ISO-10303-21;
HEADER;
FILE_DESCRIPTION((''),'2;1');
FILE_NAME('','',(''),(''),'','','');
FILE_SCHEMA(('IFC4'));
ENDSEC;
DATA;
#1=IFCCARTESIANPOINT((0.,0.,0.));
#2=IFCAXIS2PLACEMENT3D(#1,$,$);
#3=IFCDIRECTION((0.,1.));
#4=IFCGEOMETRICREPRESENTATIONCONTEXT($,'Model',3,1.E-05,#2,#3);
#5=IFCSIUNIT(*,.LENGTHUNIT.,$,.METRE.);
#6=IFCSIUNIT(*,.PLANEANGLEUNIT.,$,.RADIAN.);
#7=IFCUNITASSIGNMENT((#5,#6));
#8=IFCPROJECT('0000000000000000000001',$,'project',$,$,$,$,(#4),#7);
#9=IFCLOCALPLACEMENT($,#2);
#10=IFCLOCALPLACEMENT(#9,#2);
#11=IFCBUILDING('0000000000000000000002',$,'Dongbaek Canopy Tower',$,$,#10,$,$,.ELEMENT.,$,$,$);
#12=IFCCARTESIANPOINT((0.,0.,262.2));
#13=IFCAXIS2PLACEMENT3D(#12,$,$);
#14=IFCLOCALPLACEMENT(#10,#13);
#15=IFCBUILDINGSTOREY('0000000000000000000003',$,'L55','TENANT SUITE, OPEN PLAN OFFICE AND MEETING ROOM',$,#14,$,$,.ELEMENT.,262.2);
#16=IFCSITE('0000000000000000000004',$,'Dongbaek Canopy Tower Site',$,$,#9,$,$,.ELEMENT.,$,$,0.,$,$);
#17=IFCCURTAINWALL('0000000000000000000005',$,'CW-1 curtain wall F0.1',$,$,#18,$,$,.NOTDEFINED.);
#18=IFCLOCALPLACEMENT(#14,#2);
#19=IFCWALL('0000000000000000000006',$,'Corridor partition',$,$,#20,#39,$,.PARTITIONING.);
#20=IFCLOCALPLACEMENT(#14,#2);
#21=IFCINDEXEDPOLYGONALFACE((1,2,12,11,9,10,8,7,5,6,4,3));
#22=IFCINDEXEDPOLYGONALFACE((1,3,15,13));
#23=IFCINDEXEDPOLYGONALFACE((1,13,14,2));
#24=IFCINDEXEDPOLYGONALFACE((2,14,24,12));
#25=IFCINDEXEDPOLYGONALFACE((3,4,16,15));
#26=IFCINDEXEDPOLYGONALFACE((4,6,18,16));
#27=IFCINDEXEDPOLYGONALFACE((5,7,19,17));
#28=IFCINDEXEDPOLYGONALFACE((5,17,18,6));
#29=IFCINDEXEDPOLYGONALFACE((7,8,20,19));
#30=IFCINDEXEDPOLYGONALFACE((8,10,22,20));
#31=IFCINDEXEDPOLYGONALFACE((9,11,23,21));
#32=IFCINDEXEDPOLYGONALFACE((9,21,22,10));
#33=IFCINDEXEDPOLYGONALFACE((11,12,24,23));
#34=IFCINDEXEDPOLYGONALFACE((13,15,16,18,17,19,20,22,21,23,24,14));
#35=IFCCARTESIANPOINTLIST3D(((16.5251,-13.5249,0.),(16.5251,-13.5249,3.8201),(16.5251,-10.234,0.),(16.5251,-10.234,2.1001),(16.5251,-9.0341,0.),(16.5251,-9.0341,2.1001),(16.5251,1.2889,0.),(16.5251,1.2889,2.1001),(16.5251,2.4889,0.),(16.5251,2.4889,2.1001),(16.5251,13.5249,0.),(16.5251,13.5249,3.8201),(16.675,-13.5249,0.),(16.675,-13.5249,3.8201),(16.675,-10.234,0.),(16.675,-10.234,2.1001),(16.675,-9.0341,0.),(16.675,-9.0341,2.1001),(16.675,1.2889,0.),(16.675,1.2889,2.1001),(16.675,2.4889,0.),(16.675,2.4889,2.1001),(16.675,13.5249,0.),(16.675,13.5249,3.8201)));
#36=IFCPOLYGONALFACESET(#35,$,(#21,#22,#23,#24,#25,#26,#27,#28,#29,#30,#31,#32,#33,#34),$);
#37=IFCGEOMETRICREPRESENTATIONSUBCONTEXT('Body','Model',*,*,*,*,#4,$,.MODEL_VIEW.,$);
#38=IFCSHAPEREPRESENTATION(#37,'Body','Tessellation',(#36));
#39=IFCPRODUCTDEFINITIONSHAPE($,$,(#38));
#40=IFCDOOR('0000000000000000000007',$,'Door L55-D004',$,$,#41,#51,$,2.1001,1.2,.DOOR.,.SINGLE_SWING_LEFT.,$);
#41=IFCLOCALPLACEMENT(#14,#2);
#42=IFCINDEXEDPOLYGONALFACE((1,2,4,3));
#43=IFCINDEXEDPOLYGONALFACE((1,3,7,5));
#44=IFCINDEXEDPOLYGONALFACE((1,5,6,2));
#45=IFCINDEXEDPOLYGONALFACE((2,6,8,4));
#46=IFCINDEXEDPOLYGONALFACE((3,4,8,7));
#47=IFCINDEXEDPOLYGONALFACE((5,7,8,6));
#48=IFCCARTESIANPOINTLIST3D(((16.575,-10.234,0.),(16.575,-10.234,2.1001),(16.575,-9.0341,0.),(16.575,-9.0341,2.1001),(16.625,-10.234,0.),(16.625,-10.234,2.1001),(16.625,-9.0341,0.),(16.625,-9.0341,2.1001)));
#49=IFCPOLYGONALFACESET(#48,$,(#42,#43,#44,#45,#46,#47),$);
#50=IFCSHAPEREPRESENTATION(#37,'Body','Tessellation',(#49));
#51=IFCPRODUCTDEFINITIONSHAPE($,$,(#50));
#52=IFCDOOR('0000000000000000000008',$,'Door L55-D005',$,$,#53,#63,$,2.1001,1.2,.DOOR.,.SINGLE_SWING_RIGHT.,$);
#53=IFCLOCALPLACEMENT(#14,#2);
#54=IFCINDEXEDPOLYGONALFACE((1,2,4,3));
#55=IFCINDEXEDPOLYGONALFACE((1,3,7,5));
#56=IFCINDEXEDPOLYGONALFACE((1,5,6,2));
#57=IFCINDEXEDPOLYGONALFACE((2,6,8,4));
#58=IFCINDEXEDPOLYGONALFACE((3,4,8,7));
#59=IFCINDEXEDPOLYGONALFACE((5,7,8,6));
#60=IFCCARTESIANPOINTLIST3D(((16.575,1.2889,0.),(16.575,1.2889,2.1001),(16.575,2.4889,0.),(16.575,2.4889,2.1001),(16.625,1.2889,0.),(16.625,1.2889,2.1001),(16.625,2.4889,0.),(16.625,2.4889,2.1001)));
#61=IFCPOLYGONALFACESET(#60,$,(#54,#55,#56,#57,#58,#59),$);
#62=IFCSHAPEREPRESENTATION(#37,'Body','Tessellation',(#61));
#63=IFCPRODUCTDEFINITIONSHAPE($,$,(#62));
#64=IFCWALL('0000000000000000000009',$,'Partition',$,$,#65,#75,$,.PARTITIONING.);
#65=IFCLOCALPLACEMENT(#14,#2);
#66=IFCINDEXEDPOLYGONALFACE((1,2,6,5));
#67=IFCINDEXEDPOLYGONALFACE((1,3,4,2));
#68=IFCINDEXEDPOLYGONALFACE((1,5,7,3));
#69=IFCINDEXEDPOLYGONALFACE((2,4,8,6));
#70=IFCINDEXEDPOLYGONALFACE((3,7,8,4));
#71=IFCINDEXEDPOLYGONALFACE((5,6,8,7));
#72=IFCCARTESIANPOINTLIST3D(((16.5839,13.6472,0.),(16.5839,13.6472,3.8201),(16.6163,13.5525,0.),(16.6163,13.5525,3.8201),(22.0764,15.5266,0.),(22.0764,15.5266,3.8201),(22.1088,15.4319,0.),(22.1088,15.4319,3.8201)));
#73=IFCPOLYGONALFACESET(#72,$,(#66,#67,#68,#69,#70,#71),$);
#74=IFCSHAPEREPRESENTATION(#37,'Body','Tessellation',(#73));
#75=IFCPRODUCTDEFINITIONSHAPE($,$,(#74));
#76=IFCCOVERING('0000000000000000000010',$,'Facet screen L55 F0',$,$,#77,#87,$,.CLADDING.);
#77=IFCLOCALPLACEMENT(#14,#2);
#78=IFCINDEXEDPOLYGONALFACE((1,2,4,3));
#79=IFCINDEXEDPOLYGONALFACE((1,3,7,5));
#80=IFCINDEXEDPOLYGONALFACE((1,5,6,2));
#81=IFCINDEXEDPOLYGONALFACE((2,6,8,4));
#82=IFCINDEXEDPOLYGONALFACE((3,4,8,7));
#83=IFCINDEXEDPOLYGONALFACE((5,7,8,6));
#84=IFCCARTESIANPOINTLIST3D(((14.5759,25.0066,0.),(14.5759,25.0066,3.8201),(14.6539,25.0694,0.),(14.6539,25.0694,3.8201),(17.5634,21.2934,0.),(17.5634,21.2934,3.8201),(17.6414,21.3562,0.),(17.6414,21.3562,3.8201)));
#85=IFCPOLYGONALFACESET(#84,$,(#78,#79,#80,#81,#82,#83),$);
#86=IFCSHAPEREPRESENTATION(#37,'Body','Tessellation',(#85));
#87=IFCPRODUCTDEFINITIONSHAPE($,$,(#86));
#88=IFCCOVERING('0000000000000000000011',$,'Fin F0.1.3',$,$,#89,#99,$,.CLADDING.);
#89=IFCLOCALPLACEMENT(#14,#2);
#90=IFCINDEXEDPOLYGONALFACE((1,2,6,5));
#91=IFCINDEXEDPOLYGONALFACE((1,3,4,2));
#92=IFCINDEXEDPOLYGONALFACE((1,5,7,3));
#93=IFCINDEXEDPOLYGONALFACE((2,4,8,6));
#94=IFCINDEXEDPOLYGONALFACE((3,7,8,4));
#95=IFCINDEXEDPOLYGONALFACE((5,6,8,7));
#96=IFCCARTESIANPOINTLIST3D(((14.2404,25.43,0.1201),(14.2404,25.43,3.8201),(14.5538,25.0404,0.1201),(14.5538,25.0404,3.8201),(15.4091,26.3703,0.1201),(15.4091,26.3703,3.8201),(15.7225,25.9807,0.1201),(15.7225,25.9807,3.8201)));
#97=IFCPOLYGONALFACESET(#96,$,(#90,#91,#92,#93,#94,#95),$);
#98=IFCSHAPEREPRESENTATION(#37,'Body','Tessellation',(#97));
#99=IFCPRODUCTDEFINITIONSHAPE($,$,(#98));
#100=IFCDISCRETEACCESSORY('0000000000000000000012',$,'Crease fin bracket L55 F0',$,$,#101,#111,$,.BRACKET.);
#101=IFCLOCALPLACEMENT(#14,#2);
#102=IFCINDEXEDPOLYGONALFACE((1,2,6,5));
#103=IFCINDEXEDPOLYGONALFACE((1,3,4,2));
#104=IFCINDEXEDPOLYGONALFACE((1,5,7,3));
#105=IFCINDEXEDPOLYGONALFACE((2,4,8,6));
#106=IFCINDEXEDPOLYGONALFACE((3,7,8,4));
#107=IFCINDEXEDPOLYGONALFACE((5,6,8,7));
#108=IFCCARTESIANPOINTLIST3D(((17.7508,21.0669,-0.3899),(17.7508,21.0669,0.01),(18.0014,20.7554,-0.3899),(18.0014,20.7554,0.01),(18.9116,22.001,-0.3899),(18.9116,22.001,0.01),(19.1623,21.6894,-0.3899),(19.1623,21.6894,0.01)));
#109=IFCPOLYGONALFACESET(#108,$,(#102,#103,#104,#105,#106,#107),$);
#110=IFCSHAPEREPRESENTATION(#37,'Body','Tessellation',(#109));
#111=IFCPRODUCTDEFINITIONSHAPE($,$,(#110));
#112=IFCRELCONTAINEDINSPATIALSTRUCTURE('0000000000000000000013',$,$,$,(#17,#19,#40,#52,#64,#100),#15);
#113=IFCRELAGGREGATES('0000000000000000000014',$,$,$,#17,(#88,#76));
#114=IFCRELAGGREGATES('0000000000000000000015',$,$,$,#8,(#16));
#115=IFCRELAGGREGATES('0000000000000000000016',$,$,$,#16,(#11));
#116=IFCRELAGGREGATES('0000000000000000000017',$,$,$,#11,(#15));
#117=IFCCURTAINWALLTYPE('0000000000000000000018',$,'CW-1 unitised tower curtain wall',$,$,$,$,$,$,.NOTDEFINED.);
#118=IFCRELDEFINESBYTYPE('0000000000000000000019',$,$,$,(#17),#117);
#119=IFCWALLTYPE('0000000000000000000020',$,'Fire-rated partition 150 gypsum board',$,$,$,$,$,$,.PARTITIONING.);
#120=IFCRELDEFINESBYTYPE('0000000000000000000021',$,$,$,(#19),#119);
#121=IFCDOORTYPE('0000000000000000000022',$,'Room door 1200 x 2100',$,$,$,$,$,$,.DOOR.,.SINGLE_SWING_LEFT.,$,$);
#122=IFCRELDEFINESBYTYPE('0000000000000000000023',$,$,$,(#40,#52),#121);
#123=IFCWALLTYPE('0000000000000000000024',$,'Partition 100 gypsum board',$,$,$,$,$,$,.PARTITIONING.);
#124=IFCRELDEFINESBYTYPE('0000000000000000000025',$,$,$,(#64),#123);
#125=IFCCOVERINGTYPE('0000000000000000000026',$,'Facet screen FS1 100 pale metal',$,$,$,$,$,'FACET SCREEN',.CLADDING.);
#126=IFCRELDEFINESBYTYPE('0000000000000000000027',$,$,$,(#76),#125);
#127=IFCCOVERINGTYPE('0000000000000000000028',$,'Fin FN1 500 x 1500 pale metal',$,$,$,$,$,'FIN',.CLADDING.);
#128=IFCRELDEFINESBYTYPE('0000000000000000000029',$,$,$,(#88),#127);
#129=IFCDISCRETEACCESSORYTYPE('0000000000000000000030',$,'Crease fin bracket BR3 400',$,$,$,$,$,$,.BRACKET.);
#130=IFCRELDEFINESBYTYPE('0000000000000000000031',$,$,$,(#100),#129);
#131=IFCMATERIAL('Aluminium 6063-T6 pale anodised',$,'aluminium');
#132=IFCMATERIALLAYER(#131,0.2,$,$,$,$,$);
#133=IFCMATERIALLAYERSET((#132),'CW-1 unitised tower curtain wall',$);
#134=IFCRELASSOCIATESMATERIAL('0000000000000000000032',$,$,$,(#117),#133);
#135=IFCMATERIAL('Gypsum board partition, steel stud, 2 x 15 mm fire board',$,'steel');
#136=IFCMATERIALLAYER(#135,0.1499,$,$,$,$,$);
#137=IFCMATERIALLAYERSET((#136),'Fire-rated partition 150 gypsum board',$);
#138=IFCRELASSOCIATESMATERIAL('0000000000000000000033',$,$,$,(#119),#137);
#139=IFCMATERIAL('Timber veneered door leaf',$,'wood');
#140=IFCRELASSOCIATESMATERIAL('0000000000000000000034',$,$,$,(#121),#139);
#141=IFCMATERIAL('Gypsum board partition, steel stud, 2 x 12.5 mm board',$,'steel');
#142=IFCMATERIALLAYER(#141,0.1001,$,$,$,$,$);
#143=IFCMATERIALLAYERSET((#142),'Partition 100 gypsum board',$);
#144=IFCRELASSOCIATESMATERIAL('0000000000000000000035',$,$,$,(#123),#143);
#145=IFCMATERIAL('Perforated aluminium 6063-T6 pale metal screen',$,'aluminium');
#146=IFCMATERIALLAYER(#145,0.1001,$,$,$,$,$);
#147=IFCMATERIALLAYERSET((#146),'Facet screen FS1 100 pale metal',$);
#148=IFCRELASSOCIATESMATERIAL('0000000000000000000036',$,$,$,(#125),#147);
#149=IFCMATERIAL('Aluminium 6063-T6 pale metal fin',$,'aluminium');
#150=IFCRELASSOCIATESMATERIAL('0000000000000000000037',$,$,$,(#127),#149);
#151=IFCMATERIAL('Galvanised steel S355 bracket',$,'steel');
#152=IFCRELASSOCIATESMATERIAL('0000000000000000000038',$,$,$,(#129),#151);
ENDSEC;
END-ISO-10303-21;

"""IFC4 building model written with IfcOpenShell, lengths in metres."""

from ifc_helpers import new_model, si_unit, direction, frame, frame_2d, origin, origin_2d, place, context, subcontext, project, spatial, rectangle, extrude, material, layer, layer_set, material_profile, profile_set, type_object, element, fill, aggregate, save


model = new_model("IFC4")

# Units and contexts
model_context = context("Model", 3, precision=1e-05, world=origin(), true_north=direction((0.0, 1.0)))
body_context = subcontext(model_context, "Body", "Model", "MODEL_VIEW")
ifc_project = project(units=[si_unit("LENGTHUNIT", "METRE"), si_unit("PLANEANGLEUNIT", "RADIAN")], contexts=[model_context])

# Site, building, storey
site_placement = place(None, origin())
site = spatial("IfcSite", under=ifc_project, at=site_placement, Name="Dongbaek Canopy Tower Site", CompositionType="ELEMENT", RefElevation=0.0)
building_placement = place(site_placement, origin())
building = spatial("IfcBuilding", under=site, at=building_placement, Name="Dongbaek Canopy Tower", CompositionType="ELEMENT")
storey_placement = place(building_placement, frame((0.0, 0.0, 262.2)))
storey = spatial("IfcBuildingStorey", under=building, at=storey_placement, Name="L55", Description="TENANT SUITE, OPEN PLAN OFFICE AND MEETING ROOM", CompositionType="ELEMENT", Elevation=262.2)

# Curtain wall
ifc_material_1 = material(Name="Aluminium 6063-T6 pale anodised", Category="aluminium")
ifc_layer_1 = layer(ifc_material_1, 0.2)
ifc_layer_set_1 = layer_set([ifc_layer_1], Name="CW-1 unitised tower curtain wall")
curtain_wall_type = type_object("IfcCurtainWallType", Name="CW-1 unitised tower curtain wall", PredefinedType="NOTDEFINED", material=ifc_layer_set_1)
curtain_wall_placement = place(storey_placement, origin())
curtain_wall = element("IfcCurtainWall", 1, at=curtain_wall_placement, inside=storey, type_object=curtain_wall_type, Name="CW-1 curtain wall F0.1", PredefinedType="NOTDEFINED")

# Wall, openings, doors
ifc_material_2 = material(Name="Gypsum board partition, steel stud, 2 x 15 mm fire board", Category="steel")
ifc_layer_2 = layer(ifc_material_2, 0.1499)
ifc_layer_set_2 = layer_set([ifc_layer_2], Name="Fire-rated partition 150 gypsum board")
wall_type_1 = type_object("IfcWallType", Name="Fire-rated partition 150 gypsum board", PredefinedType="PARTITIONING", material=ifc_layer_set_2)
wall_1_placement = place(storey_placement, frame((16.6001, 13.5249, 0.0), z_axis=(0.0, 0.0, 1.0), x_axis=(0.0, -1.0, 0.0)))
wall_1 = element("IfcWall", 2, at=wall_1_placement, inside=storey, type_object=wall_type_1, Name="Corridor partition", PredefinedType="PARTITIONING", context=body_context, shape_type="SweptSolid", body=[
    extrude(rectangle(XDim=27.0498, YDim=0.1499, at=frame_2d((13.5249, 0.0))), origin(), (0.0, 0.0, 1.0), 3.8201),
])
opening_1_placement = place(wall_1_placement, frame((22.5588, 0.0, 0.0)))
opening_1 = element("IfcOpeningElement", 3, at=opening_1_placement, cuts=wall_1, PredefinedType="OPENING", context=body_context, shape_type="SweptSolid", body=[
    extrude(rectangle(XDim=1.2, YDim=2.1001, at=frame_2d((0.6001, 1.05))), frame((0.0, 0.085, 0.0), z_axis=(0.0, -1.0, 0.0), x_axis=(1.0, 0.0, 0.0)), (0.0, 0.0, 1.0), 0.1699),
])
opening_2_placement = place(wall_1_placement, frame((11.0359, 0.0, 0.0)))
opening_2 = element("IfcOpeningElement", 4, at=opening_2_placement, cuts=wall_1, PredefinedType="OPENING", context=body_context, shape_type="SweptSolid", body=[
    extrude(rectangle(XDim=1.2, YDim=2.1001, at=frame_2d((0.6001, 1.05))), frame((0.0, 0.085, 0.0), z_axis=(0.0, -1.0, 0.0), x_axis=(1.0, 0.0, 0.0)), (0.0, 0.0, 1.0), 0.1699),
])
ifc_material_3 = material(Name="Timber veneered door leaf", Category="wood")
door_type_1 = type_object("IfcDoorType", Name="Room door 1200 x 2100", OperationType="SINGLE_SWING_LEFT", PredefinedType="DOOR", material=ifc_material_3)
door_1_placement = place(opening_1_placement, origin())
door_1 = element("IfcDoor", 5, at=door_1_placement, inside=storey, type_object=door_type_1, Name="Door L55-D004", OperationType="SINGLE_SWING_LEFT", OverallHeight=2.1001, OverallWidth=1.2, PredefinedType="DOOR", context=body_context, shape_type="SweptSolid", body=[
    extrude(rectangle(XDim=1.2, YDim=2.1001, at=frame_2d((0.6001, 1.05))), frame((0.0, 0.0249, 0.0), z_axis=(0.0, -1.0, 0.0), x_axis=(1.0, 0.0, 0.0)), (0.0, 0.0, 1.0), 0.05),
])
fill(opening_1, door_1)
door_2_placement = place(opening_2_placement, origin())
door_2 = element("IfcDoor", 6, at=door_2_placement, inside=storey, type_object=door_type_1, Name="Door L55-D005", OperationType="SINGLE_SWING_RIGHT", OverallHeight=2.1001, OverallWidth=1.2, PredefinedType="DOOR", context=body_context, shape_type="SweptSolid", body=[
    extrude(rectangle(XDim=1.2, YDim=2.1001, at=frame_2d((0.6001, 1.05))), frame((0.0, 0.0249, 0.0), z_axis=(0.0, -1.0, 0.0), x_axis=(1.0, 0.0, 0.0)), (0.0, 0.0, 1.0), 0.05),
])
fill(opening_2, door_2)

# Wall
ifc_material_4 = material(Name="Gypsum board partition, steel stud, 2 x 12.5 mm board", Category="steel")
ifc_layer_3 = layer(ifc_material_4, 0.1001)
ifc_layer_set_3 = layer_set([ifc_layer_3], Name="Partition 100 gypsum board")
wall_type_2 = type_object("IfcWallType", Name="Partition 100 gypsum board", PredefinedType="PARTITIONING", material=ifc_layer_set_3)
wall_2_placement = place(storey_placement, frame((16.6001, 13.5999, 0.0), z_axis=(0.0, 0.0, 1.0), x_axis=(0.946143, 0.32375, 0.0)))
element("IfcWall", 7, at=wall_2_placement, inside=storey, type_object=wall_type_2, Name="Partition", PredefinedType="PARTITIONING", context=body_context, shape_type="SweptSolid", body=[
    extrude(rectangle(XDim=5.8052, YDim=0.1001, at=frame_2d((2.9026, 0.0))), origin(), (0.0, 0.0, 1.0), 3.8201),
])

# Coverings
ifc_material_5 = material(Name="Perforated aluminium 6063-T6 pale metal screen", Category="aluminium")
ifc_layer_4 = layer(ifc_material_5, 0.1001)
ifc_layer_set_4 = layer_set([ifc_layer_4], Name="Facet screen FS1 100 pale metal")
covering_type_1 = type_object("IfcCoveringType", Name="Facet screen FS1 100 pale metal", ElementType="FACET SCREEN", PredefinedType="CLADDING", material=ifc_layer_set_4)
covering_1_placement = place(storey_placement, frame((16.1086, 23.1814, 0.0), z_axis=(0.0, 0.0, 1.0), x_axis=(-0.626866, 0.779127, 0.0)))
covering_1 = element("IfcCovering", 8, at=covering_1_placement, type_object=covering_type_1, Name="Facet screen L55 F0", PredefinedType="CLADDING", context=body_context, shape_type="SweptSolid", body=[
    extrude(rectangle(XDim=4.7659, YDim=0.1001, at=origin_2d()), origin(), (0.0, 0.0, 1.0), 3.8201),
])
ifc_material_6 = material(Name="Aluminium 6063-T6 pale metal fin", Category="aluminium")
ifc_material_profile_1 = material_profile(ifc_material_6, rectangle(XDim=1.5, YDim=0.5, at=origin_2d()), Name="Fin FN1 500 x 1500 pale metal")
ifc_profile_set_1 = profile_set([ifc_material_profile_1], Name="Aluminium 6063-T6 pale metal fin")
covering_type_2 = type_object("IfcCoveringType", Name="Fin FN1 500 x 1500 pale metal", ElementType="FIN", PredefinedType="CLADDING", material=ifc_profile_set_1)
covering_2_placement = place(storey_placement, frame((14.9814, 25.7053, 0.1201), z_axis=(0.0, 0.0, 1.0), x_axis=(0.779126, 0.626867, 0.0)))
covering_2 = element("IfcCovering", 9, at=covering_2_placement, type_object=covering_type_2, Name="Fin F0.1.3", PredefinedType="CLADDING", context=body_context, shape_type="SweptSolid", body=[
    extrude(rectangle(XDim=1.5, YDim=0.5, at=origin_2d()), origin(), (0.0, 0.0, 1.0), 3.7),
])
aggregate(curtain_wall, [covering_2, covering_1])

# Discrete accessory
ifc_material_7 = material(Name="Galvanised steel S355 bracket", Category="steel")
discrete_accessory_type = type_object("IfcDiscreteAccessoryType", Name="Crease fin bracket BR3 400", PredefinedType="BRACKET", material=ifc_material_7)
discrete_accessory_placement = place(storey_placement, frame((18.4565, 21.3782, -0.3899), z_axis=(0.0, 0.0, 1.0), x_axis=(0.779127, 0.626866, 0.0)))
element("IfcDiscreteAccessory", 10, at=discrete_accessory_placement, inside=storey, type_object=discrete_accessory_type, Name="Crease fin bracket L55 F0", PredefinedType="BRACKET", context=body_context, shape_type="SweptSolid", body=[
    extrude(rectangle(XDim=1.49, YDim=0.3999, at=origin_2d()), origin(), (0.0, 0.0, 1.0), 0.3999),
])

save(model, "model.ifc")
